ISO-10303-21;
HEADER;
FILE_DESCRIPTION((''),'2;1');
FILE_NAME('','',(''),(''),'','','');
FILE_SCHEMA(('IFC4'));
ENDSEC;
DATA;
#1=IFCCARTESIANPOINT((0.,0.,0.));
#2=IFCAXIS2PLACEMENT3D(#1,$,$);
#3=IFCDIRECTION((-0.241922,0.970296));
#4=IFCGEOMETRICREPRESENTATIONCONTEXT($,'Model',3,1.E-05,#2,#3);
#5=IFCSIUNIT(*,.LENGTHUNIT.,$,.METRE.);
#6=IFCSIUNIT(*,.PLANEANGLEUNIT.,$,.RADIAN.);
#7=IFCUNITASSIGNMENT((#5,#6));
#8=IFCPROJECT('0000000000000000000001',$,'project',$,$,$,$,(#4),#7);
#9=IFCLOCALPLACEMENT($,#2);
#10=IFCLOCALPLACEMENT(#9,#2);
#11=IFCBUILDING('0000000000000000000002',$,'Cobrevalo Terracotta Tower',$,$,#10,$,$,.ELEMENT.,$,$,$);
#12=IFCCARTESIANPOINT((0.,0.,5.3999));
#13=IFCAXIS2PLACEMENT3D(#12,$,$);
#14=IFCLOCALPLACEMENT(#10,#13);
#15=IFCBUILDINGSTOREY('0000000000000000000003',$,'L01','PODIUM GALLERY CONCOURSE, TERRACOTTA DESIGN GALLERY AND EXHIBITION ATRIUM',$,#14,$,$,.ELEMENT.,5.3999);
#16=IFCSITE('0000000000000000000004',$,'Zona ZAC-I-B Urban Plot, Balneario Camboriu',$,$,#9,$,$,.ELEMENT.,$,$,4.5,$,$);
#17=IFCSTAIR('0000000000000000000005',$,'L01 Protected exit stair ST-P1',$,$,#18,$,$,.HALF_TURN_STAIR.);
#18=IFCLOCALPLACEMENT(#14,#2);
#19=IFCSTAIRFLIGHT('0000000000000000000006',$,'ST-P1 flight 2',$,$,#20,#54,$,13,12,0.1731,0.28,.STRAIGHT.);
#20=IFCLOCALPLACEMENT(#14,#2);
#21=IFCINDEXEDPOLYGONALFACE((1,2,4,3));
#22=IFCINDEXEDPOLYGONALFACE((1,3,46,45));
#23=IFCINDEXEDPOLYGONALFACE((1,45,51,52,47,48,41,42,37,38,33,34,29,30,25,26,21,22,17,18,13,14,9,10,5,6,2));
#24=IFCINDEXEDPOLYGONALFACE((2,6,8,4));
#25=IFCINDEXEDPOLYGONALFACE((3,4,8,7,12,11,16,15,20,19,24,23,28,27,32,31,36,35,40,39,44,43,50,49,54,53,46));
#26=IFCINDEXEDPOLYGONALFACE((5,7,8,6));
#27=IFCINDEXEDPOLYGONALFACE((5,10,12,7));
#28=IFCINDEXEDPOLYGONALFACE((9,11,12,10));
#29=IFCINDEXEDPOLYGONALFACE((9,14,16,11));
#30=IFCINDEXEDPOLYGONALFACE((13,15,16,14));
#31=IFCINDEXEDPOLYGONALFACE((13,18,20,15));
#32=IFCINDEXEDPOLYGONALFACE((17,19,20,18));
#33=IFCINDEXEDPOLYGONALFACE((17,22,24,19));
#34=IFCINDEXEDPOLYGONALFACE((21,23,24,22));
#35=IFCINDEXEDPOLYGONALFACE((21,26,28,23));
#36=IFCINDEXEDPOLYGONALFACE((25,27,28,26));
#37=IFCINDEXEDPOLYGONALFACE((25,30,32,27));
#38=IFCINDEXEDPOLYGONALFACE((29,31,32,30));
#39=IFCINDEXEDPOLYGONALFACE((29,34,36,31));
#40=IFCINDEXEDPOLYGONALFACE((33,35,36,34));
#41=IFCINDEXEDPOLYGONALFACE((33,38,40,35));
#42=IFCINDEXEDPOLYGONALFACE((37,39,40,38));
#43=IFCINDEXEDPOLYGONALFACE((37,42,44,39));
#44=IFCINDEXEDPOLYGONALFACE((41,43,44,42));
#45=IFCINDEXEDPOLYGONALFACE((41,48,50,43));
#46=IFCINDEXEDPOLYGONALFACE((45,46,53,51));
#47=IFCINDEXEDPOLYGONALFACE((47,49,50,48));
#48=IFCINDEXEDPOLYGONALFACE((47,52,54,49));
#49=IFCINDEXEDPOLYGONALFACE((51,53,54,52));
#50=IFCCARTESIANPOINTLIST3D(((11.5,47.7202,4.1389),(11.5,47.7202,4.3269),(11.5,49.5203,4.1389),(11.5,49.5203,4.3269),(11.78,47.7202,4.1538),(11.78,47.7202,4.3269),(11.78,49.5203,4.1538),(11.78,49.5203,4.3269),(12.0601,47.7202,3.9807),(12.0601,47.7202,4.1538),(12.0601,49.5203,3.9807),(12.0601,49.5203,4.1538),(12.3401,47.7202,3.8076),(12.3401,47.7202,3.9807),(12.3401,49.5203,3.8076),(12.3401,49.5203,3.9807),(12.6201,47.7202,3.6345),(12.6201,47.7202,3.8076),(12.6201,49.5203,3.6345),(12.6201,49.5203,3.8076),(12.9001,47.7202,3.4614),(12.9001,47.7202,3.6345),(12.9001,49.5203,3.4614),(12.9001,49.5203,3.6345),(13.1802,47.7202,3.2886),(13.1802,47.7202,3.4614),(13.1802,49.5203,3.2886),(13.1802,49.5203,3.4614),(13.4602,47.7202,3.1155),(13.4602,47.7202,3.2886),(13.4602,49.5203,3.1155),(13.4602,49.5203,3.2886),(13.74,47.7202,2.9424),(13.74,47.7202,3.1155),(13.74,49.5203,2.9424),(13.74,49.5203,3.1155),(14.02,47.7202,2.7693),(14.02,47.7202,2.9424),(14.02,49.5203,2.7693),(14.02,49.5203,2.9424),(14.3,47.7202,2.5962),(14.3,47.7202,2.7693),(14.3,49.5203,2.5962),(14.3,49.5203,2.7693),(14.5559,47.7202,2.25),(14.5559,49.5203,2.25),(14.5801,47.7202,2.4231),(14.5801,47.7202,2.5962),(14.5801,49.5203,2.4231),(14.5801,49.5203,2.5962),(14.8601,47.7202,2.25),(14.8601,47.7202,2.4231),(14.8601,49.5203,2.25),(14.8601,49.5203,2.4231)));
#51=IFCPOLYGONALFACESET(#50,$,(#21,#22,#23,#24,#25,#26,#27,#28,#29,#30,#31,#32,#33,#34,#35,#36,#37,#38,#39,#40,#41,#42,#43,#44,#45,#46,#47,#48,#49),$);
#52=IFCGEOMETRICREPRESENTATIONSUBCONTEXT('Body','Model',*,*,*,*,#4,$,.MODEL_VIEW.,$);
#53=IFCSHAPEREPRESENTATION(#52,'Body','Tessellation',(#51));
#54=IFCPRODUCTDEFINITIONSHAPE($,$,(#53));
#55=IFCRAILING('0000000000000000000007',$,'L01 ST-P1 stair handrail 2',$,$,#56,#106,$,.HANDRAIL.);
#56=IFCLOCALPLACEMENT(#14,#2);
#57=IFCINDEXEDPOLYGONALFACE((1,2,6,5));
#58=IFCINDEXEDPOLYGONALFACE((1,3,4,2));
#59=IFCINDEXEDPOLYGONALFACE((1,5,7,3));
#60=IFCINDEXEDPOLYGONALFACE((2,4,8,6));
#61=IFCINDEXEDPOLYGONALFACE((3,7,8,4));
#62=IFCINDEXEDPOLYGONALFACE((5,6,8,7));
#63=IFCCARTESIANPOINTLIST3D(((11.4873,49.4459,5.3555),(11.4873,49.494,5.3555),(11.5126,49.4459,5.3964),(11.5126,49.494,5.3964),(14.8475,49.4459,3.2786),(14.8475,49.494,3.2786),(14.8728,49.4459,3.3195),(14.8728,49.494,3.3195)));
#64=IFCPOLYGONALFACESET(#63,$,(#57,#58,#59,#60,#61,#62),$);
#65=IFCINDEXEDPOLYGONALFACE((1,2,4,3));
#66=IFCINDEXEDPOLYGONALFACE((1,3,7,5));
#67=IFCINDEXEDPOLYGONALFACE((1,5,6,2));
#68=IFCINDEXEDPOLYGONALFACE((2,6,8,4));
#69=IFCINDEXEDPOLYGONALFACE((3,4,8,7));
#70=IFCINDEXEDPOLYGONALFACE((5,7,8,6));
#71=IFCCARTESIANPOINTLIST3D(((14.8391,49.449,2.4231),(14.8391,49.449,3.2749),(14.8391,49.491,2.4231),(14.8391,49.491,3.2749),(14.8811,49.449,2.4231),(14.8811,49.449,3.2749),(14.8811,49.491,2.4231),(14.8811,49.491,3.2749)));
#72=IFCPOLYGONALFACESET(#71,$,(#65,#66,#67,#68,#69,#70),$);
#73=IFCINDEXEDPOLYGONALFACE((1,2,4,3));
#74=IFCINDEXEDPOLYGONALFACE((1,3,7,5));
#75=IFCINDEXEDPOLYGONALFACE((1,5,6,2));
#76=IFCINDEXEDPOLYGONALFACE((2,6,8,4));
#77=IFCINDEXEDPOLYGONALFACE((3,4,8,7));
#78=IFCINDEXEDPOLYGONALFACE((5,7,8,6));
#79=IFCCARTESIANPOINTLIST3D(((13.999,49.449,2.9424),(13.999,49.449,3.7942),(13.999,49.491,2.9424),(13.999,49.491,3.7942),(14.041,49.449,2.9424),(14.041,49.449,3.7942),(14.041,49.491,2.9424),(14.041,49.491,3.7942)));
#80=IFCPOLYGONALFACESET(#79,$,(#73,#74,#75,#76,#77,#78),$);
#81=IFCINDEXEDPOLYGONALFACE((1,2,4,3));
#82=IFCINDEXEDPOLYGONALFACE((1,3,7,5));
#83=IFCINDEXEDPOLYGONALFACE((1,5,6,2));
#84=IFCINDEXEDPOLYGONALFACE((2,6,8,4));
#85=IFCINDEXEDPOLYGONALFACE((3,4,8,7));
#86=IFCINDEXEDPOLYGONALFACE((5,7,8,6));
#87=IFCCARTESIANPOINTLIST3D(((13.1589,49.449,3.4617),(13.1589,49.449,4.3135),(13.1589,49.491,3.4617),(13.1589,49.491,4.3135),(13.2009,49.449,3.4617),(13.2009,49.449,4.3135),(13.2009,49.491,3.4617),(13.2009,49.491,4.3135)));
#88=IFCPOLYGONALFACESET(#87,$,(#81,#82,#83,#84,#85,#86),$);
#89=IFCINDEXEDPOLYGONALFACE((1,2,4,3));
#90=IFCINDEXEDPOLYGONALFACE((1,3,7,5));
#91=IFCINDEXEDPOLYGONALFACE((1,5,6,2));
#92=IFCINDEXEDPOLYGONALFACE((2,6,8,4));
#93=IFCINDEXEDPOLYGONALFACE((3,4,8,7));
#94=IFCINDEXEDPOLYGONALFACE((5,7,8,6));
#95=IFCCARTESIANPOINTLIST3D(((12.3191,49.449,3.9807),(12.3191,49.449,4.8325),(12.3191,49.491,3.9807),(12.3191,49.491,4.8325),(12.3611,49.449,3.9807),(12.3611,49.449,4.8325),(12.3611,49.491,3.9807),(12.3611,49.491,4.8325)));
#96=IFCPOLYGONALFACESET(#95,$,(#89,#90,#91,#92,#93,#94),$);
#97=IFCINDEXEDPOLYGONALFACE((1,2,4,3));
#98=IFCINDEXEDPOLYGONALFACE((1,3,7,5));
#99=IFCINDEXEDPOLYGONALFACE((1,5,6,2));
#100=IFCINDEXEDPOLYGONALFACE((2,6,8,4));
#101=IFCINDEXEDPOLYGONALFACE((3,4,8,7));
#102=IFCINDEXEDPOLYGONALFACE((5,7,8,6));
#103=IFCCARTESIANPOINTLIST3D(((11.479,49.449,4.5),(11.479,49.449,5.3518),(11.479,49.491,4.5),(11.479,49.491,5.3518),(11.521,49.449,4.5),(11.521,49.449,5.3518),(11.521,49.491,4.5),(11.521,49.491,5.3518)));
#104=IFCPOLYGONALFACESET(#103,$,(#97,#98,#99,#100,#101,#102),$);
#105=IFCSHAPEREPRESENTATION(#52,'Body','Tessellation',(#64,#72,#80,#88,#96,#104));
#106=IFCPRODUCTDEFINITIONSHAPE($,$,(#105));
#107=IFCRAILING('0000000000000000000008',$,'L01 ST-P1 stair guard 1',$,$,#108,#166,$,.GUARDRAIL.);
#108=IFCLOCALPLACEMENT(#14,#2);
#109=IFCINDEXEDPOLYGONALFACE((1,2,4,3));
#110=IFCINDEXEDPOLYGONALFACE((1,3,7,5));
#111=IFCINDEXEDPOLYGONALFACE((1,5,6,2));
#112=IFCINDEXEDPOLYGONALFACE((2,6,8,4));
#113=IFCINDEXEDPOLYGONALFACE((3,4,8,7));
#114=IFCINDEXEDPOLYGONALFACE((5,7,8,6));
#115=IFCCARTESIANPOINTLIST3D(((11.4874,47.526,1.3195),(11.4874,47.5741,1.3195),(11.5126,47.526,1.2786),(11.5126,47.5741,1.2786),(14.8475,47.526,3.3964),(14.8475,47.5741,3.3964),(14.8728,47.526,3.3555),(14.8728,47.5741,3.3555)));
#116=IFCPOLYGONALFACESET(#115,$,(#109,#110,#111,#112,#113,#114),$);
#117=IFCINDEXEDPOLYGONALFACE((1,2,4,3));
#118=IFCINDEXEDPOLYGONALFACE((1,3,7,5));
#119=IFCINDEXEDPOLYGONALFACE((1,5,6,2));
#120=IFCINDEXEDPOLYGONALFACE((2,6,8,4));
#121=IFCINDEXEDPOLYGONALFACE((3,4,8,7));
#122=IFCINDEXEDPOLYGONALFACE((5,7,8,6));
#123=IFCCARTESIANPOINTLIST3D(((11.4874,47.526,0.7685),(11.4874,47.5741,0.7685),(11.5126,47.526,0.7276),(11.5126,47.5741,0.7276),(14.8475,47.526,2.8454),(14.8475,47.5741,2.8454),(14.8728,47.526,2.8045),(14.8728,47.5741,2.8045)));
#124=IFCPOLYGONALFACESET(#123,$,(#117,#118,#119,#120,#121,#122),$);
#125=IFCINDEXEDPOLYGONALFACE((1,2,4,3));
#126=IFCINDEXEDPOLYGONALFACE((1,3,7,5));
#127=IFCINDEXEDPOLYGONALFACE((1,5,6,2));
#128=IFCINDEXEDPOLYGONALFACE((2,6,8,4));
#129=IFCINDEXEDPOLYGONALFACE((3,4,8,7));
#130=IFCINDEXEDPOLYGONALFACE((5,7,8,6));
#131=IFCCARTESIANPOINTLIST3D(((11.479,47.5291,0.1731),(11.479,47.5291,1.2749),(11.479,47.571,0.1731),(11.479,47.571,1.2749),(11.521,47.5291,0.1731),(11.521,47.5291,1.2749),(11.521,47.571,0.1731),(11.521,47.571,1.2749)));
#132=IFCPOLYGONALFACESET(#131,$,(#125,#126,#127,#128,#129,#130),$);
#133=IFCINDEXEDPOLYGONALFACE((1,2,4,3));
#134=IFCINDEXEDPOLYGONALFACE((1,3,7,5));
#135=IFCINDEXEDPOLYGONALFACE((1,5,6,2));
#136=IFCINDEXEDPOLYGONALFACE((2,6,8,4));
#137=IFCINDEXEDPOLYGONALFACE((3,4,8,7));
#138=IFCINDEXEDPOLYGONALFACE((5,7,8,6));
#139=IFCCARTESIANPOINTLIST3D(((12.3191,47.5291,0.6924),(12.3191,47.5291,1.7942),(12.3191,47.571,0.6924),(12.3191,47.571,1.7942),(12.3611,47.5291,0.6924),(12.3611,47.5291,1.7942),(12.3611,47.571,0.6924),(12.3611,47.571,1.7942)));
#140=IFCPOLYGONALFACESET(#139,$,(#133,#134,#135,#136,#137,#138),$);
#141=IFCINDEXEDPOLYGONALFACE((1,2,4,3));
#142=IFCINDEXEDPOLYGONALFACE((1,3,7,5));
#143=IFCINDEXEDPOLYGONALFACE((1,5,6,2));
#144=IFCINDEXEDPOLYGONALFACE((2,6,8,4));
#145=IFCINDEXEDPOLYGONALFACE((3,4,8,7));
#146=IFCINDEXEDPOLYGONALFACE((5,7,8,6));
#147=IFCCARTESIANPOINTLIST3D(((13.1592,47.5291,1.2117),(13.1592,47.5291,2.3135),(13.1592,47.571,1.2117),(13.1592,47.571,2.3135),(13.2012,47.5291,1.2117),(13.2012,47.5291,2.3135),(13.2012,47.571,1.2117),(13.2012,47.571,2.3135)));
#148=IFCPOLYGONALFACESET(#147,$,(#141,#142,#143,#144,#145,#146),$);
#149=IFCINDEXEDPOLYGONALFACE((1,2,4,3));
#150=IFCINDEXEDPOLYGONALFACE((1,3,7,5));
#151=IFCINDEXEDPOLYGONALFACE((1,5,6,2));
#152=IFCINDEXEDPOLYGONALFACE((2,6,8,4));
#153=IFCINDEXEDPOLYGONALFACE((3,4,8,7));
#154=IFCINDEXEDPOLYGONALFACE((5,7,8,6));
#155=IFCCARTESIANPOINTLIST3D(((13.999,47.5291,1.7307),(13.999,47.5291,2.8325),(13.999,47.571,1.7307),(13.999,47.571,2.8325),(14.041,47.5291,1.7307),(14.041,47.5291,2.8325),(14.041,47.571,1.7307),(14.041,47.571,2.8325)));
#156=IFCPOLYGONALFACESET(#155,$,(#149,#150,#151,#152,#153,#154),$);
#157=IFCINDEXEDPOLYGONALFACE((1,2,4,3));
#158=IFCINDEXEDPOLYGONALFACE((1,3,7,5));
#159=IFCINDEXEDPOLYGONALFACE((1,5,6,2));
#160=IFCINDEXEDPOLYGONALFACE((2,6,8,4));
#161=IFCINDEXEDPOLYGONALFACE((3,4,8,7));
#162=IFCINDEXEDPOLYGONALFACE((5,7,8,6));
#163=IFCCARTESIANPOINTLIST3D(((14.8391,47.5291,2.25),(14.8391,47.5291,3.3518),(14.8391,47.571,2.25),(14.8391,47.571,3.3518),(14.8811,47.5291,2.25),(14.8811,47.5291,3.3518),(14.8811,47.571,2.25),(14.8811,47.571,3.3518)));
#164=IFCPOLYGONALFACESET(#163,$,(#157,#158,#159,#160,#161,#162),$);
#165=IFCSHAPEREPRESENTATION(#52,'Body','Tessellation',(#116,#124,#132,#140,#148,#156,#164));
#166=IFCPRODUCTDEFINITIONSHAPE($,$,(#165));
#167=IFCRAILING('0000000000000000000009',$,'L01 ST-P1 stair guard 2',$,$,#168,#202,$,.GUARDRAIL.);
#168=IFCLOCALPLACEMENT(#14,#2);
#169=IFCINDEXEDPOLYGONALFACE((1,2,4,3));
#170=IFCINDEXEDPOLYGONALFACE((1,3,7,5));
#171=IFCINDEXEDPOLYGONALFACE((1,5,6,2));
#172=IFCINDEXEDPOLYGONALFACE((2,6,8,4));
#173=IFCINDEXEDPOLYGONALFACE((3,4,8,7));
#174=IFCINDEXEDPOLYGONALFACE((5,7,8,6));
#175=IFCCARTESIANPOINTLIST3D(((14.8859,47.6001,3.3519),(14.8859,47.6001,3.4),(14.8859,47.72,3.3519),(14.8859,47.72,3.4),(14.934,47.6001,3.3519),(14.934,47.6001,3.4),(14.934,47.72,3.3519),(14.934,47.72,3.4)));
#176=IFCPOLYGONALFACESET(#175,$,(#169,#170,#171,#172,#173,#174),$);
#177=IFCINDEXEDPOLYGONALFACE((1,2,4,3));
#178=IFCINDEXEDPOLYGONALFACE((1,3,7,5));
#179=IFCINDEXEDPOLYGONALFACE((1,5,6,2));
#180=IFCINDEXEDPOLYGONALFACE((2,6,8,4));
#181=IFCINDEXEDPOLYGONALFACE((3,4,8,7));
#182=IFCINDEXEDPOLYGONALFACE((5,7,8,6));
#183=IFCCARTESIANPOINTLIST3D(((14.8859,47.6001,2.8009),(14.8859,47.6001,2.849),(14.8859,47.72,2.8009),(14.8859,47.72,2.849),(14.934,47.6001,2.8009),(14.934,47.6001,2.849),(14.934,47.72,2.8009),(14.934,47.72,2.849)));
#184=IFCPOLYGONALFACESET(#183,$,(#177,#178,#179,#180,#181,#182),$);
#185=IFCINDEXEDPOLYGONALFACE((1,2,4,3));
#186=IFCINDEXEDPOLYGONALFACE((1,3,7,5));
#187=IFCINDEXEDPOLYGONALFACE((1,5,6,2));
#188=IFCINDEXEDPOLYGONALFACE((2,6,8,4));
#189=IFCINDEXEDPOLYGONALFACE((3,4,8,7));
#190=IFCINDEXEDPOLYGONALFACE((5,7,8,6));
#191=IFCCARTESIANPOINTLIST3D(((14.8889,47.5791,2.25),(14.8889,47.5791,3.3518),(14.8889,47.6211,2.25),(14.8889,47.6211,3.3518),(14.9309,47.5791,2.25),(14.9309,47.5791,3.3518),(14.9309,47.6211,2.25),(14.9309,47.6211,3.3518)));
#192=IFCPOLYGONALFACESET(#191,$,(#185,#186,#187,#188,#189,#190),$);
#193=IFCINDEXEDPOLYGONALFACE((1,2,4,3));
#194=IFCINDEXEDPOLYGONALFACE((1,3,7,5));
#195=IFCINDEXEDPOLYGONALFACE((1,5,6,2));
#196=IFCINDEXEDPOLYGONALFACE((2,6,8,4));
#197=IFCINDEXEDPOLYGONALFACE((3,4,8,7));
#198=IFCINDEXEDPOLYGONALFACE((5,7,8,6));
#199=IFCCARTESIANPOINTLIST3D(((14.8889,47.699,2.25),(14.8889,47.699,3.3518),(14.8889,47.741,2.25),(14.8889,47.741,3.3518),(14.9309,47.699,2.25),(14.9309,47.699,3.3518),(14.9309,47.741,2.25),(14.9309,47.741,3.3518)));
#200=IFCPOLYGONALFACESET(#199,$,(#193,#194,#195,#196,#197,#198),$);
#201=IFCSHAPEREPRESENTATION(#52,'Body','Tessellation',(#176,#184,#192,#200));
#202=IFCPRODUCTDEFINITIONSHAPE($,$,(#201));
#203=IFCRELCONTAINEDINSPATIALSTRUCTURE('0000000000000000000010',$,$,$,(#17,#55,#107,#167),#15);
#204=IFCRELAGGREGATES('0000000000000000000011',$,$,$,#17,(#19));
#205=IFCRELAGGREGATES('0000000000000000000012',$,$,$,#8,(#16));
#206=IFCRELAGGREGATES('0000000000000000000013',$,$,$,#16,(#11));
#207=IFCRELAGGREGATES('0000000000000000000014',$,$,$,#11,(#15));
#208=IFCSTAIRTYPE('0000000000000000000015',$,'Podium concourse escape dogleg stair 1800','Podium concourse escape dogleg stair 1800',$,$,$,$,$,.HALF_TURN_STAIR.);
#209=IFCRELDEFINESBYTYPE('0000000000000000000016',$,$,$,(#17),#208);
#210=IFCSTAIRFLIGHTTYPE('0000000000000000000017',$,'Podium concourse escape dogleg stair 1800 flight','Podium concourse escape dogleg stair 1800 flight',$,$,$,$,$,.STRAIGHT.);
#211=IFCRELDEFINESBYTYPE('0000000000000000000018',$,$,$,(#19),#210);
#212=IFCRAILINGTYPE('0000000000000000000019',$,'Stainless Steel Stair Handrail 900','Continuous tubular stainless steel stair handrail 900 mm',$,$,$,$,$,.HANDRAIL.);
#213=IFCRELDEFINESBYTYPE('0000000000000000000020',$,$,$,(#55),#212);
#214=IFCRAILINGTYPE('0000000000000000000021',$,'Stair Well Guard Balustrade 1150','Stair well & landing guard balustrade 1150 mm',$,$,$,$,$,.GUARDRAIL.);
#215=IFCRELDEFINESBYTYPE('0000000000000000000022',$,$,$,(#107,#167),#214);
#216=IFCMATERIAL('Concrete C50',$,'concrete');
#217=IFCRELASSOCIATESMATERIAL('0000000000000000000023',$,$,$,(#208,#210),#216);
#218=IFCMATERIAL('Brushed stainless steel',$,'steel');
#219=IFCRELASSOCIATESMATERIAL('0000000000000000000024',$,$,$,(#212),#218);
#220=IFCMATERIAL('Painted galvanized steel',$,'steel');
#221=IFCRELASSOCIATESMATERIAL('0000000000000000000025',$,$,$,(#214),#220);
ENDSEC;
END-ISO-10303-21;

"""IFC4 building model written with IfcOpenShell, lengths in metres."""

from ifc_helpers import new_model, si_unit, direction, frame, origin, origin_2d, place, context, subcontext, project, spatial, polyline, rectangle, outline, extrude, material, type_object, element, aggregate, save


model = new_model("IFC4")

# Units and contexts
model_context = context("Model", 3, precision=1e-05, world=origin(), true_north=direction((-0.241922, 0.970296)))
body_context = subcontext(model_context, "Body", "Model", "MODEL_VIEW")
ifc_project = project(units=[si_unit("LENGTHUNIT", "METRE"), si_unit("PLANEANGLEUNIT", "RADIAN")], contexts=[model_context])

# Site, building, storey
site_placement = place(None, origin())
site = spatial("IfcSite", under=ifc_project, at=site_placement, Name="Zona ZAC-I-B Urban Plot, Balneario Camboriu", CompositionType="ELEMENT", RefElevation=4.5)
building_placement = place(site_placement, origin())
building = spatial("IfcBuilding", under=site, at=building_placement, Name="Cobrevalo Terracotta Tower", CompositionType="ELEMENT")
storey_placement = place(building_placement, frame((0.0, 0.0, 5.3999)))
storey = spatial("IfcBuildingStorey", under=building, at=storey_placement, Name="L01", Description="PODIUM GALLERY CONCOURSE, TERRACOTTA DESIGN GALLERY AND EXHIBITION ATRIUM", CompositionType="ELEMENT", Elevation=5.3999)

# Shared definitions
ifc_material_1 = material(Name="Concrete C50", Category="concrete")

# Stair, stair flight
stair_type = type_object("IfcStairType", Name="Podium concourse escape dogleg stair 1800", Description="Podium concourse escape dogleg stair 1800", PredefinedType="HALF_TURN_STAIR", material=ifc_material_1)
stair_placement = place(storey_placement, origin())
stair = element("IfcStair", 1, at=stair_placement, inside=storey, type_object=stair_type, Name="L01 Protected exit stair ST-P1", PredefinedType="HALF_TURN_STAIR")
stair_flight_type = type_object("IfcStairFlightType", Name="Podium concourse escape dogleg stair 1800 flight", Description="Podium concourse escape dogleg stair 1800 flight", PredefinedType="STRAIGHT", material=ifc_material_1)
stair_flight_1_placement = place(storey_placement, frame((14.8601, 48.6201, 2.25), z_axis=(0.0, 0.0, 1.0), x_axis=(-1.0, 0.0, 0.0)))
stair_flight_1 = element("IfcStairFlight", 2, at=stair_flight_1_placement, type_object=stair_flight_type, Name="ST-P1 flight 2", NumberOfRisers=13, NumberOfTreads=12, PredefinedType="STRAIGHT", RiserHeight=0.1731, TreadLength=0.28, context=body_context, shape_type="SweptSolid", body=[
    extrude(outline(polyline([(0.0, 0.0), (0.0, 0.1731), (0.28, 0.1731), (0.28, 0.3462), (0.5601, 0.3462), (0.5601, 0.5193), (0.8401, 0.5193), (0.8401, 0.6924), (1.1201, 0.6924), (1.1201, 0.8655), (1.3999, 0.8655), (1.3999, 1.0386), (1.6799, 1.0386), (1.6799, 1.2114), (1.96, 1.2114), (1.96, 1.3845), (2.24, 1.3845), (2.24, 1.5576), (2.52, 1.5576), (2.52, 1.7307), (2.8, 1.7307), (2.8, 1.9038), (3.0801, 1.9038), (3.0801, 2.0769), (3.3601, 2.0769), (3.3601, 2.25), (3.3601, 1.8889), (0.3042, 0.0), (0.0, 0.0)])), frame((0.0, 0.8999, 0.0), z_axis=(0.0, -1.0, 0.0), x_axis=(1.0, 0.0, 0.0)), (0.0, 0.0, 1.0), 1.8),
])
aggregate(stair, [stair_flight_1])

# Railings
ifc_material_2 = material(Name="Brushed stainless steel", Category="steel")
railing_type_1 = type_object("IfcRailingType", Name="Stainless Steel Stair Handrail 900", Description="Continuous tubular stainless steel stair handrail 900 mm", PredefinedType="HANDRAIL", material=ifc_material_2)
railing_1_placement = place(storey_placement, frame((14.8601, 49.47, 2.4231)))
element("IfcRailing", 3, at=railing_1_placement, inside=storey, type_object=railing_type_1, Name="L01 ST-P1 stair handrail 2", PredefinedType="HANDRAIL", context=body_context, shape_type="SweptSolid", body=[
    extrude(rectangle(XDim=0.0481, YDim=0.0481, at=origin_2d()), frame((0.0, 0.0, 0.876), z_axis=(-0.850623, 0.0, 0.525776), x_axis=(0.0, -1.0, 0.0)), (0.0, 0.0, 1.0), 3.9502),
    extrude(rectangle(XDim=0.042, YDim=0.042, at=origin_2d()), origin(), (0.0, 0.0, 1.0), 0.8518),
    extrude(rectangle(XDim=0.042, YDim=0.042, at=origin_2d()), frame((-0.8401, 0.0, 0.5193)), (0.0, 0.0, 1.0), 0.8518),
    extrude(rectangle(XDim=0.042, YDim=0.042, at=origin_2d()), frame((-1.6802, 0.0, 1.0386)), (0.0, 0.0, 1.0), 0.8518),
    extrude(rectangle(XDim=0.042, YDim=0.042, at=origin_2d()), frame((-2.52, 0.0, 1.5576)), (0.0, 0.0, 1.0), 0.8518),
    extrude(rectangle(XDim=0.042, YDim=0.042, at=origin_2d()), frame((-3.3601, 0.0, 2.0769)), (0.0, 0.0, 1.0), 0.8518),
])
ifc_material_3 = material(Name="Painted galvanized steel", Category="steel")
railing_type_2 = type_object("IfcRailingType", Name="Stair Well Guard Balustrade 1150", Description="Stair well & landing guard balustrade 1150 mm", PredefinedType="GUARDRAIL", material=ifc_material_3)
railing_2_placement = place(storey_placement, frame((11.5, 47.55, 0.1731)))
element("IfcRailing", 4, at=railing_2_placement, inside=storey, type_object=railing_type_2, Name="L01 ST-P1 stair guard 1", PredefinedType="GUARDRAIL", context=body_context, shape_type="SweptSolid", body=[
    extrude(rectangle(XDim=0.0481, YDim=0.0481, at=origin_2d()), frame((0.0, 0.0, 1.126), z_axis=(0.850623, 0.0, 0.525776), x_axis=(0.0, 1.0, 0.0)), (0.0, 0.0, 1.0), 3.9502),
    extrude(rectangle(XDim=0.0481, YDim=0.0481, at=origin_2d()), frame((0.0, 0.0, 0.575), z_axis=(0.850623, 0.0, 0.525776), x_axis=(0.0, 1.0, 0.0)), (0.0, 0.0, 1.0), 3.9502),
    extrude(rectangle(XDim=0.042, YDim=0.042, at=origin_2d()), origin(), (0.0, 0.0, 1.0), 1.1018),
    extrude(rectangle(XDim=0.042, YDim=0.042, at=origin_2d()), frame((0.8401, 0.0, 0.5193)), (0.0, 0.0, 1.0), 1.1018),
    extrude(rectangle(XDim=0.042, YDim=0.042, at=origin_2d()), frame((1.6802, 0.0, 1.0386)), (0.0, 0.0, 1.0), 1.1018),
    extrude(rectangle(XDim=0.042, YDim=0.042, at=origin_2d()), frame((2.52, 0.0, 1.5576)), (0.0, 0.0, 1.0), 1.1018),
    extrude(rectangle(XDim=0.042, YDim=0.042, at=origin_2d()), frame((3.3601, 0.0, 2.0769)), (0.0, 0.0, 1.0), 1.1018),
])
railing_3_placement = place(storey_placement, frame((14.9099, 47.6001, 2.25)))
element("IfcRailing", 5, at=railing_3_placement, inside=storey, type_object=railing_type_2, Name="L01 ST-P1 stair guard 2", PredefinedType="GUARDRAIL", context=body_context, shape_type="SweptSolid", body=[
    extrude(rectangle(XDim=0.0481, YDim=0.0481, at=origin_2d()), frame((0.0, 0.0, 1.126), z_axis=(0.0, 1.0, 0.0), x_axis=(-1.0, 0.0, 0.0)), (0.0, 0.0, 1.0), 0.1199),
    extrude(rectangle(XDim=0.0481, YDim=0.0481, at=origin_2d()), frame((0.0, 0.0, 0.575), z_axis=(0.0, 1.0, 0.0), x_axis=(-1.0, 0.0, 0.0)), (0.0, 0.0, 1.0), 0.1199),
    extrude(rectangle(XDim=0.042, YDim=0.042, at=origin_2d()), origin(), (0.0, 0.0, 1.0), 1.1018),
    extrude(rectangle(XDim=0.042, YDim=0.042, at=origin_2d()), frame((0.0, 0.1199, 0.0)), (0.0, 0.0, 1.0), 1.1018),
])

save(model, "model.ifc")
